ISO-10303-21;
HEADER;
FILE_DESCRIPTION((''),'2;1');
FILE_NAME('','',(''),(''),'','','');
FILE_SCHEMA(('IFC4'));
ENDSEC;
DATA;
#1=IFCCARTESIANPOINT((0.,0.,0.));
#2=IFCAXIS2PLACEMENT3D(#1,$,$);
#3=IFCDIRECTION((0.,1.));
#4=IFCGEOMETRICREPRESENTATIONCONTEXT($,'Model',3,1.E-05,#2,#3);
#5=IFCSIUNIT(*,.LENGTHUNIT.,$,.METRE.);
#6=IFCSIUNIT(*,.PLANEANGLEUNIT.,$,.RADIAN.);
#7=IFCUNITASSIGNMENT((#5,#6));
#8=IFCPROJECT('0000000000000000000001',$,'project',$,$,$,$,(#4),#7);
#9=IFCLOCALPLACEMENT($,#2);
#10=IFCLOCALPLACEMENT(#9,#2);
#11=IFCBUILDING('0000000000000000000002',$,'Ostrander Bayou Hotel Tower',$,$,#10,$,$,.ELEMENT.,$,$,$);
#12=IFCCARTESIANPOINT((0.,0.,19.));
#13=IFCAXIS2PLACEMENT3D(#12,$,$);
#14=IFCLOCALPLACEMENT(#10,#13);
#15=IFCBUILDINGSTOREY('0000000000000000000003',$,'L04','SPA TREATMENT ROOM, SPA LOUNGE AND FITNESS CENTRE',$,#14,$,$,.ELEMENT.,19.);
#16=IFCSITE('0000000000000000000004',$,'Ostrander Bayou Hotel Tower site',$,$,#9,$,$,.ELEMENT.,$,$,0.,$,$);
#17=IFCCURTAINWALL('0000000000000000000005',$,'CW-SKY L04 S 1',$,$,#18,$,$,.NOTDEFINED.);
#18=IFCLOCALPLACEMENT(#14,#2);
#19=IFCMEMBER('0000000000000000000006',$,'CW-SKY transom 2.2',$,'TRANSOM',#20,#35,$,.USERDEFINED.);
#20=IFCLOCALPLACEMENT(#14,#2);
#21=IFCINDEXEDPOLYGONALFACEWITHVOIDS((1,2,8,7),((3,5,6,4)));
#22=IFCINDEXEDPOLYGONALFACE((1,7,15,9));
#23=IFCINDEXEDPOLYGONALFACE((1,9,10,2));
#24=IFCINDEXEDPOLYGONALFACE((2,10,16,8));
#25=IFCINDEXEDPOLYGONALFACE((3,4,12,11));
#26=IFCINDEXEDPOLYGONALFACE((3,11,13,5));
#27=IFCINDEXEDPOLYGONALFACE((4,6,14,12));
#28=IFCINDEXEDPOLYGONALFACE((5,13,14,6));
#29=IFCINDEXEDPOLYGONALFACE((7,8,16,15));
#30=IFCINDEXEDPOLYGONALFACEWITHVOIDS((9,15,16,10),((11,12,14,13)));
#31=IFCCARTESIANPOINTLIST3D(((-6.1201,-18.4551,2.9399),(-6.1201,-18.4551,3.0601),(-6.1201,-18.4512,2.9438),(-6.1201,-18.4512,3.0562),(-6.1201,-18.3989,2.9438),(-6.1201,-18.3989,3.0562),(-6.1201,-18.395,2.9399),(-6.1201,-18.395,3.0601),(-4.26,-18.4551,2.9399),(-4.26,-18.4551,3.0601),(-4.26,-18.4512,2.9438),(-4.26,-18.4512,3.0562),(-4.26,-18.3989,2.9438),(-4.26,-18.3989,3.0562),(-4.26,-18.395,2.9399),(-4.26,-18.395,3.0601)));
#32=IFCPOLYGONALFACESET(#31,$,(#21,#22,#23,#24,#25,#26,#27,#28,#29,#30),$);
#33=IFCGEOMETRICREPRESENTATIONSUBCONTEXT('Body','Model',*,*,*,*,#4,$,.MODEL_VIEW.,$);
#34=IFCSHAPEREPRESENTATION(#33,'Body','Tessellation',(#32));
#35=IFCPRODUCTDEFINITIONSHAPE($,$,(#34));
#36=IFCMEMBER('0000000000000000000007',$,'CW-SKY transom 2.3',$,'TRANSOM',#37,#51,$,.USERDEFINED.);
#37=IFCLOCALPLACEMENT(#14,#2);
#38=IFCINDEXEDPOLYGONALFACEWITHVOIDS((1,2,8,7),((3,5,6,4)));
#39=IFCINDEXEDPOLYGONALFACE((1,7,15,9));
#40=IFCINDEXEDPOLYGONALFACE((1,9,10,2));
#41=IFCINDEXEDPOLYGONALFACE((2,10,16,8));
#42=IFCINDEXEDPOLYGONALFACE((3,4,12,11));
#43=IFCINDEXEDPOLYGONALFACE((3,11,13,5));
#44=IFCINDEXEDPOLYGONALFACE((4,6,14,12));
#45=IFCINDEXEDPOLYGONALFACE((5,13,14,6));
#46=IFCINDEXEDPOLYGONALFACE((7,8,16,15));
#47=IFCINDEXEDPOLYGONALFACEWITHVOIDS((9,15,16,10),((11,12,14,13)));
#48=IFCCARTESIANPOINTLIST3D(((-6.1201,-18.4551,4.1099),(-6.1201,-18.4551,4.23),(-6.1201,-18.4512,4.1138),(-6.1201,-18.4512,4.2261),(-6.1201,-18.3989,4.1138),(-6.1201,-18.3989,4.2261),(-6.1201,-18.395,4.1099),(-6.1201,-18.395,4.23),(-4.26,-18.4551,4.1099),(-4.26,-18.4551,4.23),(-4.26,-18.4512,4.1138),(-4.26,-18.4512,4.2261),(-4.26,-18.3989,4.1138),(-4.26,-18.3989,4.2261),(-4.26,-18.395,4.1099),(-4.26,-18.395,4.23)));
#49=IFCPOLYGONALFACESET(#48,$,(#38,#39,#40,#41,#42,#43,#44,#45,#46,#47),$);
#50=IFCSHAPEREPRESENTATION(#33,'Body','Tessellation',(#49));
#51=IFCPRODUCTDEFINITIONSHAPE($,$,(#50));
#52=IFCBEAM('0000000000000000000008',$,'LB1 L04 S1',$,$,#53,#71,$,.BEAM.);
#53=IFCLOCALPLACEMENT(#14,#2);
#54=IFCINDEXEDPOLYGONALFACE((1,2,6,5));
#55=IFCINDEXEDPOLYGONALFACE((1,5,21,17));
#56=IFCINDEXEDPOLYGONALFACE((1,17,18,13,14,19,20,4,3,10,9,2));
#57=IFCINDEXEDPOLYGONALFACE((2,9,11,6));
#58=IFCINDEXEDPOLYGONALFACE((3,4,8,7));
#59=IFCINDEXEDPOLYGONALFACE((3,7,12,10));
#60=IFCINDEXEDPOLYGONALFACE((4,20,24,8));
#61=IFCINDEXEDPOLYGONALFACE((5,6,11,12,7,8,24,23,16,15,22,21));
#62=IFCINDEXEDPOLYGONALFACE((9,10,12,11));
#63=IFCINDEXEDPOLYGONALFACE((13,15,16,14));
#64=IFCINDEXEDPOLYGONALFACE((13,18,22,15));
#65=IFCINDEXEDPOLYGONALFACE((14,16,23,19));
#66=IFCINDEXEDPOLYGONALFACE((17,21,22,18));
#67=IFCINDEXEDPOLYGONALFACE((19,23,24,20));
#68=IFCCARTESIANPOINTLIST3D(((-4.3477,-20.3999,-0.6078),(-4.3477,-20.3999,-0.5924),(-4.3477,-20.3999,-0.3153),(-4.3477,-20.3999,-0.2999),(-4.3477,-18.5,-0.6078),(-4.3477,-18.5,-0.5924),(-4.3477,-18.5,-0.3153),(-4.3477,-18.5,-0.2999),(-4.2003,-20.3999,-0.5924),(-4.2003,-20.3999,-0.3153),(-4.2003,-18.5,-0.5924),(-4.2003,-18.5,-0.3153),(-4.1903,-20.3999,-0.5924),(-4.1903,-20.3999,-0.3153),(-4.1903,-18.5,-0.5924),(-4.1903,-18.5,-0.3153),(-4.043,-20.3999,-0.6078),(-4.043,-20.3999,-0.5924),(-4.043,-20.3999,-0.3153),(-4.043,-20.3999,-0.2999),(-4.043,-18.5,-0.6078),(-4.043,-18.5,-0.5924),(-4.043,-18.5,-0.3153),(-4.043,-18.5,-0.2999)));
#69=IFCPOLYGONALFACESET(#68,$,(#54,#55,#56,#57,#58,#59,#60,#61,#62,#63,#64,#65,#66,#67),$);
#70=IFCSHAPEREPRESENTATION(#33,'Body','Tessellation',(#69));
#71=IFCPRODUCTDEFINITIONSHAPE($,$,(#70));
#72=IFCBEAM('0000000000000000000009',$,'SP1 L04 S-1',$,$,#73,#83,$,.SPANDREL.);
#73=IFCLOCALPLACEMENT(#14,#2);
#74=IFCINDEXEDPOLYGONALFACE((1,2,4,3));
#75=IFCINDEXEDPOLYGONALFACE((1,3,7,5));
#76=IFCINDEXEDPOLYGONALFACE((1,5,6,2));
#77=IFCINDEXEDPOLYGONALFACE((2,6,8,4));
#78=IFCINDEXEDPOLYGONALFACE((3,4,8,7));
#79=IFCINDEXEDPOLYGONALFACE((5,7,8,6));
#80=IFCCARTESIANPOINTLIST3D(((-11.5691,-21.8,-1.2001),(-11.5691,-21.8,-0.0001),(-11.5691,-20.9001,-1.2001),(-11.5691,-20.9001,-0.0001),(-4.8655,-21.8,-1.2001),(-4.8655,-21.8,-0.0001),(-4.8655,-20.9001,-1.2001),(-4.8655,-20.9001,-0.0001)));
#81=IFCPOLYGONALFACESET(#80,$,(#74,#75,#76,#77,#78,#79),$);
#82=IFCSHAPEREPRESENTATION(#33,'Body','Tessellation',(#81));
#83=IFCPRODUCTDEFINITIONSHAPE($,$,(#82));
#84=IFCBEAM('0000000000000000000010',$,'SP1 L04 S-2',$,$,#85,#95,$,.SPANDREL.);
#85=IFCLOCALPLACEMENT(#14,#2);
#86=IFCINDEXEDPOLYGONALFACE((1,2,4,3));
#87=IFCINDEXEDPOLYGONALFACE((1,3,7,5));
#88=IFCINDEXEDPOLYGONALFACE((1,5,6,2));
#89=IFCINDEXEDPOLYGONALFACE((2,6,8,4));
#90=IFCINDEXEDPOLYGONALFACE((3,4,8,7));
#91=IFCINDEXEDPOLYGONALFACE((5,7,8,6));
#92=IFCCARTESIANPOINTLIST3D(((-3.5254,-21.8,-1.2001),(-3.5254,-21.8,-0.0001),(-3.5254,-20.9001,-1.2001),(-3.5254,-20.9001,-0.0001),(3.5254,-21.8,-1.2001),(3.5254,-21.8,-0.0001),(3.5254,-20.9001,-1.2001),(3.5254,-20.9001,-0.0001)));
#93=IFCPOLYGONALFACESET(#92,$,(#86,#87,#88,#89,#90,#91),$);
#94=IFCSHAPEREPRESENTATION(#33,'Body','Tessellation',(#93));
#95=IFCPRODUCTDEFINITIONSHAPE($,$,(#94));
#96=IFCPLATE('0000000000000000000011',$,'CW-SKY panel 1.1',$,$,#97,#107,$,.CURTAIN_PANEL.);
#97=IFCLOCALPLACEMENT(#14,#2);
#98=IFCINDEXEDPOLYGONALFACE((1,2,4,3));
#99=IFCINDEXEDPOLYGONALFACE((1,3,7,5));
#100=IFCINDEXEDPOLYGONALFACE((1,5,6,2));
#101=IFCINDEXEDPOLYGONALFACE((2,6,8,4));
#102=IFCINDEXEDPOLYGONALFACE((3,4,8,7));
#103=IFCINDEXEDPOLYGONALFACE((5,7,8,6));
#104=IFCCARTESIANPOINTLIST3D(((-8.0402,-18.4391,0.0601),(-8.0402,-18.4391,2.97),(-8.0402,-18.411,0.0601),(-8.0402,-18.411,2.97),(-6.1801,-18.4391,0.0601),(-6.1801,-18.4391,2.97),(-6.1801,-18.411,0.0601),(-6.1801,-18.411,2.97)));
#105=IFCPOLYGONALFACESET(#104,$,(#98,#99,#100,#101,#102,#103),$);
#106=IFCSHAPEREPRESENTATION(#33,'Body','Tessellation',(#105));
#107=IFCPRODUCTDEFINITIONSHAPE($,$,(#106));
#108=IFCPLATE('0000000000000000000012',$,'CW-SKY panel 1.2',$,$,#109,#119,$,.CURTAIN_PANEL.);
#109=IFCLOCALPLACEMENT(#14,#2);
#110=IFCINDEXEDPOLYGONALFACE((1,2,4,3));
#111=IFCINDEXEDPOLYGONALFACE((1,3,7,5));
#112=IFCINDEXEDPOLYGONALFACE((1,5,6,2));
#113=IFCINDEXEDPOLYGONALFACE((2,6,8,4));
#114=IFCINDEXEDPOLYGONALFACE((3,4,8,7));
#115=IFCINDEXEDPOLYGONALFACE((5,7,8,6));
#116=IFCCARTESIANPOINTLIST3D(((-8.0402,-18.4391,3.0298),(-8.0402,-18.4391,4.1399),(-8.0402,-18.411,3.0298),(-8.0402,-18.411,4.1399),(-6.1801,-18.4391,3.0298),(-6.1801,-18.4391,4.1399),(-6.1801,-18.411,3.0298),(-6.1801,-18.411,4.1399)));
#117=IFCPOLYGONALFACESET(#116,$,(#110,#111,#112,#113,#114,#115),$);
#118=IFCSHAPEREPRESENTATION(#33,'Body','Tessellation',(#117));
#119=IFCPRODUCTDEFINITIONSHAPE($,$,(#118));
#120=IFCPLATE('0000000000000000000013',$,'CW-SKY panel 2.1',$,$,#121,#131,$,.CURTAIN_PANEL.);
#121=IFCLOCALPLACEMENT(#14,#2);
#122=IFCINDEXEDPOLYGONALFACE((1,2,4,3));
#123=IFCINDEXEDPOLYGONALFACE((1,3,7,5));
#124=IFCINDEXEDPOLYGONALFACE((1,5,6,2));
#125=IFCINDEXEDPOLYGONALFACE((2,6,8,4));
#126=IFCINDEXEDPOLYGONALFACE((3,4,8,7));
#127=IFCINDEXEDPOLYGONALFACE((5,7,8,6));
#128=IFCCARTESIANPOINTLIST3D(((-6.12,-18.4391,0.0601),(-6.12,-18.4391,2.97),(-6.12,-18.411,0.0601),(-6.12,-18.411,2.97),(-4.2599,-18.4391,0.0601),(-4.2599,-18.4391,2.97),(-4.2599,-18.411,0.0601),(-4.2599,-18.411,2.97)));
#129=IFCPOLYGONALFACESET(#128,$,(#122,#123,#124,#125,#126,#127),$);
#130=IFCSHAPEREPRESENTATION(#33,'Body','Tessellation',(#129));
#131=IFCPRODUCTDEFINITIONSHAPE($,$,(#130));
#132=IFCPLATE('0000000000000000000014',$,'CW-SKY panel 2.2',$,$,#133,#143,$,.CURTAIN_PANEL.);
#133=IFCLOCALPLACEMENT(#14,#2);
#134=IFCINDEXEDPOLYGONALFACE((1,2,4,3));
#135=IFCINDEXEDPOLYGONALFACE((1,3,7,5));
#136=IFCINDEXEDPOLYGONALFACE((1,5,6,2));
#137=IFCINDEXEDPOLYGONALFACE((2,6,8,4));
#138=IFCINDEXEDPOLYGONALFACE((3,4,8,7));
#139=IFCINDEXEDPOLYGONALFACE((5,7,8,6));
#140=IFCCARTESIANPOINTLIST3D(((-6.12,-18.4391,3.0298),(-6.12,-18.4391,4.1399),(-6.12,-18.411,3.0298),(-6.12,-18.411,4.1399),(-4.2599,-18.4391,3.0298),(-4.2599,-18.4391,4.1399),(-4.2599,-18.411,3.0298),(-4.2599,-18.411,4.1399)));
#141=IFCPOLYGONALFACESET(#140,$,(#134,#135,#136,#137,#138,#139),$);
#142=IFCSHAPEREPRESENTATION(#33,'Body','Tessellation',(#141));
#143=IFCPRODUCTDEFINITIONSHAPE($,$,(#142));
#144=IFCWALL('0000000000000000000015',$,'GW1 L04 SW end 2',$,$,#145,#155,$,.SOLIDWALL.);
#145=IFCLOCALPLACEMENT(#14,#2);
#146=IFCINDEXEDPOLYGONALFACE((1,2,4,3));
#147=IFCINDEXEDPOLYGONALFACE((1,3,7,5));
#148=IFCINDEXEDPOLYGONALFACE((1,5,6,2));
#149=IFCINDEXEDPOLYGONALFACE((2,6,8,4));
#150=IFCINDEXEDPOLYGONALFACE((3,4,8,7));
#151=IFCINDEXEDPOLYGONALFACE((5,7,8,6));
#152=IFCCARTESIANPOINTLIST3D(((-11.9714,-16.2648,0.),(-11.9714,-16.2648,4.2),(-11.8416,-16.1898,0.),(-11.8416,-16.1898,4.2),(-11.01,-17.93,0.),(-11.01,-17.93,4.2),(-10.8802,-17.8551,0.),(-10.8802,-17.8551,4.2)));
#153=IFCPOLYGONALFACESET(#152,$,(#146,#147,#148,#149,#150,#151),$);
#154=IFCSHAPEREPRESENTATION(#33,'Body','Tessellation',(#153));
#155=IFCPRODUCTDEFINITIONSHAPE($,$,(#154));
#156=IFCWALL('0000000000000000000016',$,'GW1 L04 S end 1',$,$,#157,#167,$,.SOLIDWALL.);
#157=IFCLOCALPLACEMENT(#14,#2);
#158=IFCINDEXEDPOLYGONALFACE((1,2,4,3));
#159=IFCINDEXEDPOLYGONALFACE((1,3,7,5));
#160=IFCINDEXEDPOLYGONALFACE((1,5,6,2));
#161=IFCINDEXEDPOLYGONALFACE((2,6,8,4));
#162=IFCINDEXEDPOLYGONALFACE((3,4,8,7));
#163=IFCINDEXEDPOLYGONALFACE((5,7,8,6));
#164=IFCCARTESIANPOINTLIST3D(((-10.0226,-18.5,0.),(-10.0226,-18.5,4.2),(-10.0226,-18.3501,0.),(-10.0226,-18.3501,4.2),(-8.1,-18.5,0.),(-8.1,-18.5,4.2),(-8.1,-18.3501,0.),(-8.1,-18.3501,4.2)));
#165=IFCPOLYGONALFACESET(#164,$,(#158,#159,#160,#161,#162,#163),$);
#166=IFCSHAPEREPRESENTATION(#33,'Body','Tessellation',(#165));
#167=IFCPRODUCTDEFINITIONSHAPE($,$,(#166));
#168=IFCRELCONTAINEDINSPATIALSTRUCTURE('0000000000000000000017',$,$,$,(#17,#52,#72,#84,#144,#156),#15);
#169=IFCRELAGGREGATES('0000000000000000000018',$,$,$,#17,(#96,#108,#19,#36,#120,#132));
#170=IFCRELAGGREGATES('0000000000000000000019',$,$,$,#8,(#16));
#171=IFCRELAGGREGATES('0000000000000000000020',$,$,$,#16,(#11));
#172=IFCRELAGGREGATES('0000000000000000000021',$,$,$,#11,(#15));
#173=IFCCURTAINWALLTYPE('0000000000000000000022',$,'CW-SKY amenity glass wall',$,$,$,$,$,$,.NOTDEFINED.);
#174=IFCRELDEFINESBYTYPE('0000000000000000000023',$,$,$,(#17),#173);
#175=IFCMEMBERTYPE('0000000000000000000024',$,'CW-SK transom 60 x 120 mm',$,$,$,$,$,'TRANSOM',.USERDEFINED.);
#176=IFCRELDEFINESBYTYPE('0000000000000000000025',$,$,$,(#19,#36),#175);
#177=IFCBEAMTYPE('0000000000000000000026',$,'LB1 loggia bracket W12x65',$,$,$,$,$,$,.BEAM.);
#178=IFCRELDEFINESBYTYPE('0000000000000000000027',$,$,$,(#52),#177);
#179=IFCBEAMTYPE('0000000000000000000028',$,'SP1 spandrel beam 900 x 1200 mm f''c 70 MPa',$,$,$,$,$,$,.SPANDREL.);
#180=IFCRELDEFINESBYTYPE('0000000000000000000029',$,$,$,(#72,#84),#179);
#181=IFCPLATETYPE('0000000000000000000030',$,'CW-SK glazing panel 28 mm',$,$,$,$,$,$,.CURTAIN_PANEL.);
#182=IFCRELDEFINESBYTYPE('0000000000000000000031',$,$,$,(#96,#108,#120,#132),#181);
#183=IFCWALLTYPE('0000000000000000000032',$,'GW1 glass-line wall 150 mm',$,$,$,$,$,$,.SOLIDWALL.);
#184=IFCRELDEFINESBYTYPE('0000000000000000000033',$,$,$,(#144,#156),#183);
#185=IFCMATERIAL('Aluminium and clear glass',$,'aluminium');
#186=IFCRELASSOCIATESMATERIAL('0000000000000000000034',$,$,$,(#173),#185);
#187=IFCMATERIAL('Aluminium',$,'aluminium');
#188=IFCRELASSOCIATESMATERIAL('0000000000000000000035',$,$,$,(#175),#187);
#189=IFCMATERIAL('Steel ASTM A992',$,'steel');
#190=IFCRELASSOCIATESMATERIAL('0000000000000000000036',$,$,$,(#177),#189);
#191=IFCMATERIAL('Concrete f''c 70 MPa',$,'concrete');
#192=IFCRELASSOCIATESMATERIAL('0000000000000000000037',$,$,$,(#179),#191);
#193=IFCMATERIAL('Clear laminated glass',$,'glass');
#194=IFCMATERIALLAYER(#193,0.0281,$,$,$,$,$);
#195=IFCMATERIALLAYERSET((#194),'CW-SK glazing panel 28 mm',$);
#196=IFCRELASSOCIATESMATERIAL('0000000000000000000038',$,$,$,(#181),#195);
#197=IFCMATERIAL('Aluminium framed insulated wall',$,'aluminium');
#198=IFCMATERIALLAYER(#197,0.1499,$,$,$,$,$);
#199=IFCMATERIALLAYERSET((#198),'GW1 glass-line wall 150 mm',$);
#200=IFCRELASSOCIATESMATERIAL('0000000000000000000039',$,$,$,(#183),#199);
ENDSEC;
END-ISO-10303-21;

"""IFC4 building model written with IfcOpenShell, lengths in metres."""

from ifc_helpers import new_model, si_unit, direction, frame, frame_2d, origin, origin_2d, place, context, subcontext, project, spatial, rectangle, hollow_rectangle, i_section, extrude, material, layer, layer_set, material_profile, profile_set, type_object, element, aggregate, save


model = new_model("IFC4")

# Units and contexts
model_context = context("Model", 3, precision=1e-05, world=origin(), true_north=direction((0.0, 1.0)))
body_context = subcontext(model_context, "Body", "Model", "MODEL_VIEW")
ifc_project = project(units=[si_unit("LENGTHUNIT", "METRE"), si_unit("PLANEANGLEUNIT", "RADIAN")], contexts=[model_context])

# Site, building, storey
site_placement = place(None, origin())
site = spatial("IfcSite", under=ifc_project, at=site_placement, Name="Ostrander Bayou Hotel Tower site", CompositionType="ELEMENT", RefElevation=0.0)
building_placement = place(site_placement, origin())
building = spatial("IfcBuilding", under=site, at=building_placement, Name="Ostrander Bayou Hotel Tower", CompositionType="ELEMENT")
storey_placement = place(building_placement, frame((0.0, 0.0, 19.0)))
storey = spatial("IfcBuildingStorey", under=building, at=storey_placement, Name="L04", Description="SPA TREATMENT ROOM, SPA LOUNGE AND FITNESS CENTRE", CompositionType="ELEMENT", Elevation=19.0)

# Curtain wall, members
ifc_material_1 = material(Name="Aluminium and clear glass", Category="aluminium")
curtain_wall_type = type_object("IfcCurtainWallType", Name="CW-SKY amenity glass wall", PredefinedType="NOTDEFINED", material=ifc_material_1)
curtain_wall_placement = place(storey_placement, origin())
curtain_wall = element("IfcCurtainWall", 1, at=curtain_wall_placement, inside=storey, type_object=curtain_wall_type, Name="CW-SKY L04 S 1", PredefinedType="NOTDEFINED")
ifc_material_2 = material(Name="Aluminium", Category="aluminium")
ifc_material_profile_1 = material_profile(ifc_material_2, hollow_rectangle(XDim=0.0601, YDim=0.1201, WallThickness=0.0039, at=origin_2d()))
ifc_profile_set_1 = profile_set([ifc_material_profile_1], Name="Aluminium")
member_type_1 = type_object("IfcMemberType", Name="CW-SK transom 60 x 120 mm", ElementType="TRANSOM", PredefinedType="USERDEFINED", material=ifc_profile_set_1)
member_1_placement = place(storey_placement, frame((-6.1201, -18.425, 3.0), z_axis=(1.0, 0.0, 0.0), x_axis=(0.0, 1.0, 0.0)))
member_1 = element("IfcMember", 2, at=member_1_placement, type_object=member_type_1, Name="CW-SKY transom 2.2", ObjectType="TRANSOM", PredefinedType="USERDEFINED", context=body_context, shape_type="SweptSolid", body=[
    extrude(hollow_rectangle(XDim=0.0601, YDim=0.1201, WallThickness=0.0039, at=origin_2d()), origin(), (0.0, 0.0, 1.0), 1.8601),
])
member_2_placement = place(storey_placement, frame((-6.1201, -18.425, 4.1699), z_axis=(1.0, 0.0, 0.0), x_axis=(0.0, 1.0, 0.0)))
member_2 = element("IfcMember", 3, at=member_2_placement, type_object=member_type_1, Name="CW-SKY transom 2.3", ObjectType="TRANSOM", PredefinedType="USERDEFINED", context=body_context, shape_type="SweptSolid", body=[
    extrude(hollow_rectangle(XDim=0.0601, YDim=0.1201, WallThickness=0.0039, at=origin_2d()), origin(), (0.0, 0.0, 1.0), 1.8601),
])

# Beams
ifc_material_3 = material(Name="Steel ASTM A992", Category="steel")
ifc_material_profile_2 = material_profile(ifc_material_3, i_section(OverallWidth=0.3047, OverallDepth=0.3079, WebThickness=0.01, FlangeThickness=0.0154, at=origin_2d()))
ifc_profile_set_2 = profile_set([ifc_material_profile_2], Name="Steel ASTM A992")
beam_type_1 = type_object("IfcBeamType", Name="LB1 loggia bracket W12x65", PredefinedType="BEAM", material=ifc_profile_set_2)
beam_1_placement = place(storey_placement, frame((-4.1953, -20.3999, -0.4539), z_axis=(0.0, 1.0, 0.0), x_axis=(-1.0, 0.0, 0.0)))
element("IfcBeam", 4, at=beam_1_placement, inside=storey, type_object=beam_type_1, Name="LB1 L04 S1", PredefinedType="BEAM", context=body_context, shape_type="SweptSolid", body=[
    extrude(i_section(OverallWidth=0.3047, OverallDepth=0.3079, WebThickness=0.01, FlangeThickness=0.0154, at=origin_2d()), origin(), (0.0, 0.0, 1.0), 1.8999),
])
ifc_material_4 = material(Name="Concrete f'c 70 MPa", Category="concrete")
ifc_material_profile_3 = material_profile(ifc_material_4, rectangle(XDim=0.8999, YDim=1.2, at=origin_2d()))
ifc_profile_set_3 = profile_set([ifc_material_profile_3], Name="Concrete f'c 70 MPa")
beam_type_2 = type_object("IfcBeamType", Name="SP1 spandrel beam 900 x 1200 mm f'c 70 MPa", PredefinedType="SPANDREL", material=ifc_profile_set_3)
beam_2_placement = place(storey_placement, frame((-11.5691, -21.3501, -0.6001), z_axis=(1.0, 0.0, 0.0), x_axis=(0.0, 1.0, 0.0)))
element("IfcBeam", 5, at=beam_2_placement, inside=storey, type_object=beam_type_2, Name="SP1 L04 S-1", PredefinedType="SPANDREL", context=body_context, shape_type="SweptSolid", body=[
    extrude(rectangle(XDim=0.8999, YDim=1.2, at=origin_2d()), origin(), (0.0, 0.0, 1.0), 6.7036),
])
beam_3_placement = place(storey_placement, frame((-3.5254, -21.3501, -0.6001), z_axis=(1.0, 0.0, 0.0), x_axis=(0.0, 1.0, 0.0)))
element("IfcBeam", 6, at=beam_3_placement, inside=storey, type_object=beam_type_2, Name="SP1 L04 S-2", PredefinedType="SPANDREL", context=body_context, shape_type="SweptSolid", body=[
    extrude(rectangle(XDim=0.8999, YDim=1.2, at=origin_2d()), origin(), (0.0, 0.0, 1.0), 7.0508),
])

# Plates
ifc_material_5 = material(Name="Clear laminated glass", Category="glass")
ifc_layer_1 = layer(ifc_material_5, 0.0281)
ifc_layer_set_1 = layer_set([ifc_layer_1], Name="CW-SK glazing panel 28 mm")
plate_type = type_object("IfcPlateType", Name="CW-SK glazing panel 28 mm", PredefinedType="CURTAIN_PANEL", material=ifc_layer_set_1)
plate_1_placement = place(storey_placement, frame((-7.1101, -18.425, 0.0601), z_axis=(0.0, 0.0, 1.0), x_axis=(1.0, 0.0, 0.0)))
plate_1 = element("IfcPlate", 7, at=plate_1_placement, type_object=plate_type, Name="CW-SKY panel 1.1", PredefinedType="CURTAIN_PANEL", context=body_context, shape_type="SweptSolid", body=[
    extrude(rectangle(XDim=1.8601, YDim=0.0281, at=origin_2d()), origin(), (0.0, 0.0, 1.0), 2.9099),
])
plate_2_placement = place(storey_placement, frame((-7.1101, -18.425, 3.0298), z_axis=(0.0, 0.0, 1.0), x_axis=(1.0, 0.0, 0.0)))
plate_2 = element("IfcPlate", 8, at=plate_2_placement, type_object=plate_type, Name="CW-SKY panel 1.2", PredefinedType="CURTAIN_PANEL", context=body_context, shape_type="SweptSolid", body=[
    extrude(rectangle(XDim=1.8601, YDim=0.0281, at=origin_2d()), origin(), (0.0, 0.0, 1.0), 1.1101),
])
plate_3_placement = place(storey_placement, frame((-5.1899, -18.425, 0.0601), z_axis=(0.0, 0.0, 1.0), x_axis=(1.0, 0.0, 0.0)))
plate_3 = element("IfcPlate", 9, at=plate_3_placement, type_object=plate_type, Name="CW-SKY panel 2.1", PredefinedType="CURTAIN_PANEL", context=body_context, shape_type="SweptSolid", body=[
    extrude(rectangle(XDim=1.8601, YDim=0.0281, at=origin_2d()), origin(), (0.0, 0.0, 1.0), 2.9099),
])
plate_4_placement = place(storey_placement, frame((-5.1899, -18.425, 3.0298), z_axis=(0.0, 0.0, 1.0), x_axis=(1.0, 0.0, 0.0)))
plate_4 = element("IfcPlate", 10, at=plate_4_placement, type_object=plate_type, Name="CW-SKY panel 2.2", PredefinedType="CURTAIN_PANEL", context=body_context, shape_type="SweptSolid", body=[
    extrude(rectangle(XDim=1.8601, YDim=0.0281, at=origin_2d()), origin(), (0.0, 0.0, 1.0), 1.1101),
])
aggregate(curtain_wall, [plate_1, plate_2, member_1, member_2, plate_3, plate_4])

# Wall
ifc_material_6 = material(Name="Aluminium framed insulated wall", Category="aluminium")
ifc_layer_2 = layer(ifc_material_6, 0.1499)
ifc_layer_set_2 = layer_set([ifc_layer_2], Name="GW1 glass-line wall 150 mm")
wall_type_1 = type_object("IfcWallType", Name="GW1 glass-line wall 150 mm", PredefinedType="SOLIDWALL", material=ifc_layer_set_2)
wall_1_placement = place(storey_placement, frame((-11.9065, -16.2273, 0.0), z_axis=(0.0, 0.0, 1.0), x_axis=(0.49999, -0.866031, 0.0)))
element("IfcWall", 11, at=wall_1_placement, inside=storey, type_object=wall_type_1, Name="GW1 L04 SW end 2", PredefinedType="SOLIDWALL", context=body_context, shape_type="SweptSolid", body=[
    extrude(rectangle(XDim=1.9229, YDim=0.1499, at=frame_2d((0.9614, 0.0))), origin(), (0.0, 0.0, 1.0), 4.2),
])

# Wall
wall_2_placement = place(storey_placement, frame((-10.0227, -18.425, 0.0), z_axis=(0.0, 0.0, 1.0), x_axis=(1.0, 0.0, 0.0)))
element("IfcWall", 12, at=wall_2_placement, inside=storey, type_object=wall_type_1, Name="GW1 L04 S end 1", PredefinedType="SOLIDWALL", context=body_context, shape_type="SweptSolid", body=[
    extrude(rectangle(XDim=1.9226, YDim=0.1499, at=frame_2d((0.9614, 0.0))), origin(), (0.0, 0.0, 1.0), 4.2),
])

save(model, "model.ifc")
